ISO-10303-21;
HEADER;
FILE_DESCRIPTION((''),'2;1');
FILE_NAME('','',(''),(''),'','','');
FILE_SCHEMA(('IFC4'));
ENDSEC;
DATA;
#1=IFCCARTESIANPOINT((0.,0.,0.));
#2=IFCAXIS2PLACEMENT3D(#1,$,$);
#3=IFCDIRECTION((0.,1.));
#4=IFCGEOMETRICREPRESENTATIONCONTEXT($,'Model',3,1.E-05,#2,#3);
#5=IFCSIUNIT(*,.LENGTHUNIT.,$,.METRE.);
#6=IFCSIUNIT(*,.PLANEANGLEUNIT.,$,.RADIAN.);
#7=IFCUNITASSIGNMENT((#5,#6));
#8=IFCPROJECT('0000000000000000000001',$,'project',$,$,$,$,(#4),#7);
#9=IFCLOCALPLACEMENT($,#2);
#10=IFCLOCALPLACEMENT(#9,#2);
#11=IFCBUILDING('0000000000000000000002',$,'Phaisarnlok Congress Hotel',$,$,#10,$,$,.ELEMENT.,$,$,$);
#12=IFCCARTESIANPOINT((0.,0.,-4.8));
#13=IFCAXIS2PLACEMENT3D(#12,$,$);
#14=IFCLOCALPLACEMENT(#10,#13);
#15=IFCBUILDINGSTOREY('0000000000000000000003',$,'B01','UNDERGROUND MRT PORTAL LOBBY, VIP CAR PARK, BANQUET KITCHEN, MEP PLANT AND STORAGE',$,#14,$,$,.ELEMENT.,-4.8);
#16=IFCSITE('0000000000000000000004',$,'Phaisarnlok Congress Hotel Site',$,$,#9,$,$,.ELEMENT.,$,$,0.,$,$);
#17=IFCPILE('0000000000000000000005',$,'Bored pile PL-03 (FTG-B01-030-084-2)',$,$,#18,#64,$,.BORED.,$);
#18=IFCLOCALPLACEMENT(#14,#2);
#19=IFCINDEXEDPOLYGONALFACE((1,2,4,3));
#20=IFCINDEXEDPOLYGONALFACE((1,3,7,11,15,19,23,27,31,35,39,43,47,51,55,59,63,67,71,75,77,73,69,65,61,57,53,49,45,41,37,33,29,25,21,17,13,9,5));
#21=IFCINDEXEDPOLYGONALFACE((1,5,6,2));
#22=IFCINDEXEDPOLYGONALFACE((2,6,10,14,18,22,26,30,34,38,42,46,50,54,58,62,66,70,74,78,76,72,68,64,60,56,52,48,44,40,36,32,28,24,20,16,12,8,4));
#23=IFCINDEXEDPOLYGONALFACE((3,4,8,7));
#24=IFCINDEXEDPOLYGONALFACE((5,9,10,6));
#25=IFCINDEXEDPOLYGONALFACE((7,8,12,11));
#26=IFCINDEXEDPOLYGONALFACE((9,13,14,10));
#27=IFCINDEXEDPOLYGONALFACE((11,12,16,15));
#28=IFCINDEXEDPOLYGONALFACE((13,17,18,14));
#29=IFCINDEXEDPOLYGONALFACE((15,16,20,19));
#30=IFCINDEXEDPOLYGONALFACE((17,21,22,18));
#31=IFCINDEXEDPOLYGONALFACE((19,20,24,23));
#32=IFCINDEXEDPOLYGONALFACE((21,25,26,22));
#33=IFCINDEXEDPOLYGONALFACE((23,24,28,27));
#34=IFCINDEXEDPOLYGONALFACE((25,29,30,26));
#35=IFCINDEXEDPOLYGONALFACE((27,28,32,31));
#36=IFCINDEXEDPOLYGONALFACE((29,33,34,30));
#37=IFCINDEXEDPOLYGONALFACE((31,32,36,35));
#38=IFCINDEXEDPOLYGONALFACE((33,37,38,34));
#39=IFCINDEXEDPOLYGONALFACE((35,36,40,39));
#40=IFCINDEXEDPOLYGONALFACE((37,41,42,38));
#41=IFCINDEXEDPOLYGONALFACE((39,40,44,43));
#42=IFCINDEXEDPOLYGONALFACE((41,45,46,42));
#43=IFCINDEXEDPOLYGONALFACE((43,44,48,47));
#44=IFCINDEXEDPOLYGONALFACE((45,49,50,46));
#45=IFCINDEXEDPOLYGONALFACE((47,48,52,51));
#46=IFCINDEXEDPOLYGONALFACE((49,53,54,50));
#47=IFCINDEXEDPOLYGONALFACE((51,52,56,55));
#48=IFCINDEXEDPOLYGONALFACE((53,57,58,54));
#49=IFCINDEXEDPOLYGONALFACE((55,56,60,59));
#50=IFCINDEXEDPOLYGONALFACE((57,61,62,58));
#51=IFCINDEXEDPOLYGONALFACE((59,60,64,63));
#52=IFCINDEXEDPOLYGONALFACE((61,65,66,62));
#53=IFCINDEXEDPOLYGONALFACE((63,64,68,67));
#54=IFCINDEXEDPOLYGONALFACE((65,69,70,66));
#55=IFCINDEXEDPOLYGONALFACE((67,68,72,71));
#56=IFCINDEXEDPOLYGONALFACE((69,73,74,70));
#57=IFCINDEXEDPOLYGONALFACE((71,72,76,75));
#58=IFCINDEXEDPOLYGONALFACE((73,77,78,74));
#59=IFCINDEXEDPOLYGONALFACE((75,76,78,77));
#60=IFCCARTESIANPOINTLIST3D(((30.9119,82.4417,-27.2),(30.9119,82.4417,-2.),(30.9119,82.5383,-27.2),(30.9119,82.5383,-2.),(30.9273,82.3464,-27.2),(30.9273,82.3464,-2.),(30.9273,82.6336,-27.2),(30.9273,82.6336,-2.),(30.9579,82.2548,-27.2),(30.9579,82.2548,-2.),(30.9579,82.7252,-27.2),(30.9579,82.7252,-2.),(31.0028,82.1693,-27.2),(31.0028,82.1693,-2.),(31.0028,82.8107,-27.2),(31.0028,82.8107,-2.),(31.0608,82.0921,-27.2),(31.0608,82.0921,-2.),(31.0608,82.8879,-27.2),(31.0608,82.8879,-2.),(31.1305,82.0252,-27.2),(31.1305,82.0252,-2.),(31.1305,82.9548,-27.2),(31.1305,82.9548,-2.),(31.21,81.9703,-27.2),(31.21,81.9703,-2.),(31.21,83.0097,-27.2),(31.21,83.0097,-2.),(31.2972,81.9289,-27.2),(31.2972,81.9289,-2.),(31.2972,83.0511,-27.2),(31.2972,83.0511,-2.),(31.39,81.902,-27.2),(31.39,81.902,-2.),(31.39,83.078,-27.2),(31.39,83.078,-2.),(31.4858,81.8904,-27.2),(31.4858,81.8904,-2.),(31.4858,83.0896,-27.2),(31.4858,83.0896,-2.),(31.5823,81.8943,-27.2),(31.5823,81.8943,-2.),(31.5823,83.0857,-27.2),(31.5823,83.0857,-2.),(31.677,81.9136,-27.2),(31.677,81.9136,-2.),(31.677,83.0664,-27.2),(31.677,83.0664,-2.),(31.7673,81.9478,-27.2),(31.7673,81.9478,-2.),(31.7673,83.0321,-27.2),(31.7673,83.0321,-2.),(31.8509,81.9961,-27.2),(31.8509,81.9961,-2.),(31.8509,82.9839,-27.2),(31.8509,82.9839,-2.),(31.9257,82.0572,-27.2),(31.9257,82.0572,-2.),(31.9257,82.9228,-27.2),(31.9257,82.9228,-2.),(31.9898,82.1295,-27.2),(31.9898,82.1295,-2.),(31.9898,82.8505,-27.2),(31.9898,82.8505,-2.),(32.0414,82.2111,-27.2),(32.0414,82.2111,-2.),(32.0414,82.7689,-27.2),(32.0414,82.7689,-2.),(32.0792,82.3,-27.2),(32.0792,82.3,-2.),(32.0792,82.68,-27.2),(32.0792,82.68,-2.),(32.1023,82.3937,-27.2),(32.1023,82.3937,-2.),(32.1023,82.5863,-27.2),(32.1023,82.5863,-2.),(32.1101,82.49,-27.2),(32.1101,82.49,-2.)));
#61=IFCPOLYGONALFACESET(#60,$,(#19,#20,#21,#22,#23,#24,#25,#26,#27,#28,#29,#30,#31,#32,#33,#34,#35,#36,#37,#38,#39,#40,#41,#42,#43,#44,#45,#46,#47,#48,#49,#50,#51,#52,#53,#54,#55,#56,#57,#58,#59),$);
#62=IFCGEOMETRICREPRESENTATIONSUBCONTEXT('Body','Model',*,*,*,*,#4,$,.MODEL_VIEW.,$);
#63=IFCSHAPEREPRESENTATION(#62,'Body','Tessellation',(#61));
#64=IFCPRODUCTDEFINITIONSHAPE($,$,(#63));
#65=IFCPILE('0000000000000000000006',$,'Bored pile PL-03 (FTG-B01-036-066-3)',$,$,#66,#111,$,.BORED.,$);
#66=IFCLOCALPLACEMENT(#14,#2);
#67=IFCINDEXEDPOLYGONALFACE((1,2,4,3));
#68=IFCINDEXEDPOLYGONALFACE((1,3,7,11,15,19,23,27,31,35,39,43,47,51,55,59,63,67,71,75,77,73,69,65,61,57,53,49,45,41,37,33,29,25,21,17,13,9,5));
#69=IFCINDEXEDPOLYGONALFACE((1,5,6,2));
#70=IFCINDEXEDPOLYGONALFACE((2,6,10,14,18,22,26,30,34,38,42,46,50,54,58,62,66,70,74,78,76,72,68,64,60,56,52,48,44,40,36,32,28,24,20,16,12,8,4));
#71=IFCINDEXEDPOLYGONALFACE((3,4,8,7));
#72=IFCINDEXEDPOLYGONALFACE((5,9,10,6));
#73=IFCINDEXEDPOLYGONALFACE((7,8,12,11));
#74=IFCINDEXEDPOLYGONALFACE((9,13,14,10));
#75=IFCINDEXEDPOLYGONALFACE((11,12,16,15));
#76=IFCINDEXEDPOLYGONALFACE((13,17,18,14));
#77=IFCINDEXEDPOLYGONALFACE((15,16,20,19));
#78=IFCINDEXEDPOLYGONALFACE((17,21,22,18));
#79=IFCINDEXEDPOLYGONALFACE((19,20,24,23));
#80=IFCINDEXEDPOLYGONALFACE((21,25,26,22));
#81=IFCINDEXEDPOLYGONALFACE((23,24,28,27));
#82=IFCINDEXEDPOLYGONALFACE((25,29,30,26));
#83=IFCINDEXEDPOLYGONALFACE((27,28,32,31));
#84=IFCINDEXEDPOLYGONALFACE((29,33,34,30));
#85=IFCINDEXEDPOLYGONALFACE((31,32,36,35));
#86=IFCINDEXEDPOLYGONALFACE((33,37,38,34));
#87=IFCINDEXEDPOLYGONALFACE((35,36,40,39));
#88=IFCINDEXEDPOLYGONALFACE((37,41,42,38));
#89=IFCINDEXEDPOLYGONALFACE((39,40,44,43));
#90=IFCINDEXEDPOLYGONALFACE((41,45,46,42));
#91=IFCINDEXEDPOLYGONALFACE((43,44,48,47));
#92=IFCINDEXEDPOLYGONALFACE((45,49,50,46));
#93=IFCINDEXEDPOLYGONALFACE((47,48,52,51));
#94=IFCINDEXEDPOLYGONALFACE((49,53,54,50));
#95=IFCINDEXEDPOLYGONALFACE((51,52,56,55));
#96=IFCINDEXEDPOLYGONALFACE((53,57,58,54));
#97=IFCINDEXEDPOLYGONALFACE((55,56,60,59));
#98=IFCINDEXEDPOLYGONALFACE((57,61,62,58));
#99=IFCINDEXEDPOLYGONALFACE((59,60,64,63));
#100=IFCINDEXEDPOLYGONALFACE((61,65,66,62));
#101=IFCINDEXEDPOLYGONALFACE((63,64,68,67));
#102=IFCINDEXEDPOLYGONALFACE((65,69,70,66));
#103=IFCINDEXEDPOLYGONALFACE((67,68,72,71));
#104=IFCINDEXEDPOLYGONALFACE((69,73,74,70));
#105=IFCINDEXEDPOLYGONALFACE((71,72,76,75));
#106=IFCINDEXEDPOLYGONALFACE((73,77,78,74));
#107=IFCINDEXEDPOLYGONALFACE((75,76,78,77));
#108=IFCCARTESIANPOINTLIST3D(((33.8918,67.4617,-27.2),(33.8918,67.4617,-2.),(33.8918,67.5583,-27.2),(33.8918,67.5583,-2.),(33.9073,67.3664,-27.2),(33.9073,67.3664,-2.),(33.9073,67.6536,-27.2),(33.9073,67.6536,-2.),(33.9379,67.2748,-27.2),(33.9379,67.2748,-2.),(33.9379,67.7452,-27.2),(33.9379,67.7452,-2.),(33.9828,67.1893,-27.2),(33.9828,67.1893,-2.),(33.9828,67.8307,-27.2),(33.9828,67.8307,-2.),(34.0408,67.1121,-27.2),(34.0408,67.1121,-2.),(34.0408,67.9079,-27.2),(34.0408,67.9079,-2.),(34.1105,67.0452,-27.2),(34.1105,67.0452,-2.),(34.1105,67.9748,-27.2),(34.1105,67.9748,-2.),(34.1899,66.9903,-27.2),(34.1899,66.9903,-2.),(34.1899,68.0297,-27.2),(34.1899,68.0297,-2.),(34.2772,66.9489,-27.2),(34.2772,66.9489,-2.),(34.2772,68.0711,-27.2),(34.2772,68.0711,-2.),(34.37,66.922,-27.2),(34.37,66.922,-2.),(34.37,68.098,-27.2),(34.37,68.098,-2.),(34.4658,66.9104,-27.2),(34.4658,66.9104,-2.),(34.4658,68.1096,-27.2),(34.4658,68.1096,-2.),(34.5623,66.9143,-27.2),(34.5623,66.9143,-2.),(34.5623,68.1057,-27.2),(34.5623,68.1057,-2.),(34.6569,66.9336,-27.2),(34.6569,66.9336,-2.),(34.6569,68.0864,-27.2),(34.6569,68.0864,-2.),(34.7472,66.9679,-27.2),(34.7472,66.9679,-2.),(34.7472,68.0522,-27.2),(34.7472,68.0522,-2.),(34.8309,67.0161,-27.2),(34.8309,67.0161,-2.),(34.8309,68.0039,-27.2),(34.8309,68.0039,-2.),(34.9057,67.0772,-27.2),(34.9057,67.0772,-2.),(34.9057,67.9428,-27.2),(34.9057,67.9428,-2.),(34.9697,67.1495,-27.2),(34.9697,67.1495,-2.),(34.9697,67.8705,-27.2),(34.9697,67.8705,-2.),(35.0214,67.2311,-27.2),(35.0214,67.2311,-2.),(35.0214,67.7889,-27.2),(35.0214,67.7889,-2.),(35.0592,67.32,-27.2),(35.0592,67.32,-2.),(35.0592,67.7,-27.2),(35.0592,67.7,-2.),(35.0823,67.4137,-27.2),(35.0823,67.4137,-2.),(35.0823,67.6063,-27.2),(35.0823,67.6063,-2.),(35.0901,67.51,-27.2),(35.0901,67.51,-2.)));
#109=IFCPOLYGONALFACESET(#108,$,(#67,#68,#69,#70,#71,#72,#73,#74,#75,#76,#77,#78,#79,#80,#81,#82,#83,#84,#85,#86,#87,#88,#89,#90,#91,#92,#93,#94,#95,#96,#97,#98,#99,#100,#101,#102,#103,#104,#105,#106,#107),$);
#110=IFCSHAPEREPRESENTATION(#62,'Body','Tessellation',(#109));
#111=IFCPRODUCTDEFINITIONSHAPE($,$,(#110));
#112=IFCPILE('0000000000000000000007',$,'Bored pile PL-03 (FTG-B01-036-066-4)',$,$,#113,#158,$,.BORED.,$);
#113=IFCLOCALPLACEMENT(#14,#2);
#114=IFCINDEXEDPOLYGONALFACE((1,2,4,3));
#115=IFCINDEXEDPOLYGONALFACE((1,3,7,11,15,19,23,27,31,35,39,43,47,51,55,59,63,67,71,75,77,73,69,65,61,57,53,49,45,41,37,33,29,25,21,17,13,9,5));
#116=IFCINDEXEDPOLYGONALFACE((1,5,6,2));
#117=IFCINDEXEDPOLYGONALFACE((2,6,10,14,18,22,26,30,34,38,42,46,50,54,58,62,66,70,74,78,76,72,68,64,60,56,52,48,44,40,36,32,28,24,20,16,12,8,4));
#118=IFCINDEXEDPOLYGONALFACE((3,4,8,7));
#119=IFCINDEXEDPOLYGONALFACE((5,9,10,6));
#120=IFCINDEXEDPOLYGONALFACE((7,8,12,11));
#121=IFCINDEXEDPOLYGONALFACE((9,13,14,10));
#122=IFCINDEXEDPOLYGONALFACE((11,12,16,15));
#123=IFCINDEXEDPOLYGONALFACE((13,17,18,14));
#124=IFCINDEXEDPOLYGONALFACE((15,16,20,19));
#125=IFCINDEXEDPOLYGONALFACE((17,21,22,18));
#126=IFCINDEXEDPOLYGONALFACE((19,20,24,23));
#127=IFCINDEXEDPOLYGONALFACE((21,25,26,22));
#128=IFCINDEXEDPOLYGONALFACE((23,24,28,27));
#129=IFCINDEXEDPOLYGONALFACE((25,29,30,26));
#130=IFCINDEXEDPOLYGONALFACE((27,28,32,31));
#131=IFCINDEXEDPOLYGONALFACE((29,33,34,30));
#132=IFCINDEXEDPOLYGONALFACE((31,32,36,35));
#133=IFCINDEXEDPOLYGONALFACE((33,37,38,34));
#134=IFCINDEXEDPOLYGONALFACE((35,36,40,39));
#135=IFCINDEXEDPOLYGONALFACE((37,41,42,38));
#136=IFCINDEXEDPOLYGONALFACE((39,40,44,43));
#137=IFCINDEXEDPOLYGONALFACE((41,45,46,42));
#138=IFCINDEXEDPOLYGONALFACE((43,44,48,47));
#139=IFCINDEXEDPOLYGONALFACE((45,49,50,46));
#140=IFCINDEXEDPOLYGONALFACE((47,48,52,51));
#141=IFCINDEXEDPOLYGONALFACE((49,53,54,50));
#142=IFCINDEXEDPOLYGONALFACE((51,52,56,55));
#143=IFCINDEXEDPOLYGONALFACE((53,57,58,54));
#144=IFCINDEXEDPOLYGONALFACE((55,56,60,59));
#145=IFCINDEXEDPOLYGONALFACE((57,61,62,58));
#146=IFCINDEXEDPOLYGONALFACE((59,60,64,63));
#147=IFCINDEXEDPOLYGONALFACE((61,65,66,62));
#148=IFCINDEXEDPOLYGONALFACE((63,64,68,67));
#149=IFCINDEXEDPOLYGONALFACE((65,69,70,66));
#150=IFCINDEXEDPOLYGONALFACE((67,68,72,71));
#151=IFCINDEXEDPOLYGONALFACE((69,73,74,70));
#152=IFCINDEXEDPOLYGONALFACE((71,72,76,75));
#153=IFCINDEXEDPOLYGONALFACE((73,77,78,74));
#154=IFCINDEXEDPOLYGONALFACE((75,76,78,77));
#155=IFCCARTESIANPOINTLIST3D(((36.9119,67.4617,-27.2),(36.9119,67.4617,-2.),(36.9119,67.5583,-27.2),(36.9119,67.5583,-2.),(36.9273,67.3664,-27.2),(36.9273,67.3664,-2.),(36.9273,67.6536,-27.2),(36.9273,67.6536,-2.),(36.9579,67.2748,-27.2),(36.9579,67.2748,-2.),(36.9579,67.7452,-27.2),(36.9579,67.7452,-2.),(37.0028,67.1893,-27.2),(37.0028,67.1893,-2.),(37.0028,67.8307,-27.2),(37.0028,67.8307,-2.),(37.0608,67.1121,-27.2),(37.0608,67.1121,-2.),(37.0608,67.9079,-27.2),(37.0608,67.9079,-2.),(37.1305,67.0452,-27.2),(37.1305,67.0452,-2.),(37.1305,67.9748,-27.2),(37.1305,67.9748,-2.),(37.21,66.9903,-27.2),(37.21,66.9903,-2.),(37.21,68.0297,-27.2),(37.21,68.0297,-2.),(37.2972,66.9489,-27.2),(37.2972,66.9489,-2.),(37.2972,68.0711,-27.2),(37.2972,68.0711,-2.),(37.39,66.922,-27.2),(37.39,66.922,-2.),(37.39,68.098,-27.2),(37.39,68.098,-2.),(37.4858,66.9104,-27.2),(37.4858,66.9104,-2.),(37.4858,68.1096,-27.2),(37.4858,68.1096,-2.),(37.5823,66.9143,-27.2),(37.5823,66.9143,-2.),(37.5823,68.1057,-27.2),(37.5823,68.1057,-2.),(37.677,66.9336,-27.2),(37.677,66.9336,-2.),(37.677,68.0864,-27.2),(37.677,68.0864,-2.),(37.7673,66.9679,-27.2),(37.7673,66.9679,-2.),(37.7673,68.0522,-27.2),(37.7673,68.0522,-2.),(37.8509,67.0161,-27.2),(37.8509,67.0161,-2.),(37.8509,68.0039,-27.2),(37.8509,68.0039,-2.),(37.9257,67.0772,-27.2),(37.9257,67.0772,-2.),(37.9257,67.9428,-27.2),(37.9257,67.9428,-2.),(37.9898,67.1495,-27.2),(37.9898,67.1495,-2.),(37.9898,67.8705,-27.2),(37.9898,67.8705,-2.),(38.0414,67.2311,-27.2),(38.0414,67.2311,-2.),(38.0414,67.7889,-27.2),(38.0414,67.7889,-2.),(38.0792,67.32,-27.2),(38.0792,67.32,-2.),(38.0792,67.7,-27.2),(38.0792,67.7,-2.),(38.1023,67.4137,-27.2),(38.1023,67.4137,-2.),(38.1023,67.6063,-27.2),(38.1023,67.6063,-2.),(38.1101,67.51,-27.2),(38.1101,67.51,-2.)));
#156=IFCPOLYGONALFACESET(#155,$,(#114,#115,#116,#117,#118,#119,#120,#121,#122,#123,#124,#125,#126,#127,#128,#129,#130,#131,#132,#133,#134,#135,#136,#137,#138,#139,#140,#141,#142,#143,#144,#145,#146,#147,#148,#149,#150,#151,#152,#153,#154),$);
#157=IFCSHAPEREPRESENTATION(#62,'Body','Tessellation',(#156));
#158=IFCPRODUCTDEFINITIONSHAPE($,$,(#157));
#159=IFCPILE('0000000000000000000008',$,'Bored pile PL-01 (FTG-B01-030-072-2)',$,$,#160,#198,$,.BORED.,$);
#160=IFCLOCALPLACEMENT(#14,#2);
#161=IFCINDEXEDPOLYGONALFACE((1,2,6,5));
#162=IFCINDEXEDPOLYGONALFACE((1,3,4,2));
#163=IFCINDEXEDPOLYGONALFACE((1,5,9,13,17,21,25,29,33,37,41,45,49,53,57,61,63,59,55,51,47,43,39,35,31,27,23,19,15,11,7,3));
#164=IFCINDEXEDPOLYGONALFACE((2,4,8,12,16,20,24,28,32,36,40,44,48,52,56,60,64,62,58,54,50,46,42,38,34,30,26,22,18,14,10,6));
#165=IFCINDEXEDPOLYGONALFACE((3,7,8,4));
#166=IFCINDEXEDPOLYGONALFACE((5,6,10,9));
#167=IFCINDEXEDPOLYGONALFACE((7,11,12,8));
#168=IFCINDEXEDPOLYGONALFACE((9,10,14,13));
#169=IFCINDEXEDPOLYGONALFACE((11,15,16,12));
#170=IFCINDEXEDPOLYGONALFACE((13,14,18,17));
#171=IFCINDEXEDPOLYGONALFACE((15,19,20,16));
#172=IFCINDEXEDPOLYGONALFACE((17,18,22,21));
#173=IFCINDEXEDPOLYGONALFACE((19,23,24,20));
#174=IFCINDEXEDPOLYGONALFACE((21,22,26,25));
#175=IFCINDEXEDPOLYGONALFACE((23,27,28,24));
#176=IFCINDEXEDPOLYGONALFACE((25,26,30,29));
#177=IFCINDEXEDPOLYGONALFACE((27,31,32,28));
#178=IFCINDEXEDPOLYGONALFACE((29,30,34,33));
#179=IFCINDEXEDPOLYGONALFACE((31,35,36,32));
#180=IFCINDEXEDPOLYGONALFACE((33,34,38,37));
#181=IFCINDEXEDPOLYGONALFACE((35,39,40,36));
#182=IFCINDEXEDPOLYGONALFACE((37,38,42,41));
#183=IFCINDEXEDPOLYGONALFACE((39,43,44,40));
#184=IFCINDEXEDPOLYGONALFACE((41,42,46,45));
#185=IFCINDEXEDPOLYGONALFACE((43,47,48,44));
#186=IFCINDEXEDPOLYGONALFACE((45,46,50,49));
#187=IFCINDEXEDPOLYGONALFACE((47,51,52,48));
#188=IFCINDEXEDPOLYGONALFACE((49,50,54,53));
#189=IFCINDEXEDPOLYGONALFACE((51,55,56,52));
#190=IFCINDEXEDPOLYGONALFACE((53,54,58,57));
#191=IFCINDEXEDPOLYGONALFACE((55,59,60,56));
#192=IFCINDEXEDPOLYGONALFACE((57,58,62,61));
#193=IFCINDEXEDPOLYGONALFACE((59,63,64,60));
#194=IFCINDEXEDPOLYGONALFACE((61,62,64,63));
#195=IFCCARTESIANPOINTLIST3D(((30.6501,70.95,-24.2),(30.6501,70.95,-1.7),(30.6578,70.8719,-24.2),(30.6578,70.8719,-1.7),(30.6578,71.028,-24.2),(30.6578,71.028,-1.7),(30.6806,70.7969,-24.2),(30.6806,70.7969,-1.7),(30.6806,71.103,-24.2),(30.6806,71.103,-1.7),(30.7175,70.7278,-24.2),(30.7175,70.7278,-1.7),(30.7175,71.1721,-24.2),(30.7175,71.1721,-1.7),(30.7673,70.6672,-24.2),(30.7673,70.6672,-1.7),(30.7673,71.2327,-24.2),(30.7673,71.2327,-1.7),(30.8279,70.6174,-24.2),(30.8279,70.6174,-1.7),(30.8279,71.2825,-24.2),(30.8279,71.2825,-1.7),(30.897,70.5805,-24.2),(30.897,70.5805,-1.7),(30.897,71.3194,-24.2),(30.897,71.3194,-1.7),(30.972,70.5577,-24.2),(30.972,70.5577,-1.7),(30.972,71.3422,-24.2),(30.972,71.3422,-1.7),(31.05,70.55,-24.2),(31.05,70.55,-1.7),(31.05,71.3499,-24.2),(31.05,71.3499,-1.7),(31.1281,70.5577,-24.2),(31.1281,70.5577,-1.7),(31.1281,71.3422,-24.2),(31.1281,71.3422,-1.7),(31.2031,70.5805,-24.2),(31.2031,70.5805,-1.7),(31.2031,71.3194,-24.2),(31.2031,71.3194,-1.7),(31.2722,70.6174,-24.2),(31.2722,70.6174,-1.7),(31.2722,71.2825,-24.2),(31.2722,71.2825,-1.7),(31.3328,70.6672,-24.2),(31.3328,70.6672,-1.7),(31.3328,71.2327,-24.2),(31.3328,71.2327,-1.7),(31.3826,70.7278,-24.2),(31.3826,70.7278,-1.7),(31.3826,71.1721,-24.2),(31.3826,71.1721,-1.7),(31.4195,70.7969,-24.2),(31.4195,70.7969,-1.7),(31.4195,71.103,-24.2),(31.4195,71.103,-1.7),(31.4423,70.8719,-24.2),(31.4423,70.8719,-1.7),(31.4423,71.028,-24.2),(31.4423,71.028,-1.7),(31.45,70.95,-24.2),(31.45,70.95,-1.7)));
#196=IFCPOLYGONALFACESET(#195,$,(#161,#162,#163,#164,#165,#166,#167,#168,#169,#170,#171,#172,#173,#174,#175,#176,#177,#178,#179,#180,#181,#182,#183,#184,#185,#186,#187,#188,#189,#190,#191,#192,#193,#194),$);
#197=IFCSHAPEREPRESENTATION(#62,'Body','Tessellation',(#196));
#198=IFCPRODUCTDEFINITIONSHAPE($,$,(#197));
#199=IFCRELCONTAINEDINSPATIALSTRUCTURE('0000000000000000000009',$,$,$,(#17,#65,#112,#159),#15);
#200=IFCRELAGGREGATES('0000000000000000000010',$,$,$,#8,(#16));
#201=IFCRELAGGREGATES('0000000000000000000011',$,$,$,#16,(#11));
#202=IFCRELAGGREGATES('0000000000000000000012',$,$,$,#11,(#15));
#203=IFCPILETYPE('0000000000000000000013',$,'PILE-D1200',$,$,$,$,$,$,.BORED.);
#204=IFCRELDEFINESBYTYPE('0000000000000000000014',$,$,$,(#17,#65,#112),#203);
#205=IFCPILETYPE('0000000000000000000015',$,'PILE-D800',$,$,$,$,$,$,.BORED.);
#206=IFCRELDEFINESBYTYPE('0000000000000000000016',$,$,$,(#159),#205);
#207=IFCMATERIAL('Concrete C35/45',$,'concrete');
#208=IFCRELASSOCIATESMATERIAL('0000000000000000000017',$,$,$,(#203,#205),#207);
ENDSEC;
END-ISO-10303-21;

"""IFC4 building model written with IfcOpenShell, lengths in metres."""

from ifc_helpers import new_model, si_unit, direction, frame, origin, origin_2d, place, context, subcontext, project, spatial, circle, extrude, material, material_profile, profile_set, type_object, element, save


model = new_model("IFC4")

# Units and contexts
model_context = context("Model", 3, precision=1e-05, world=origin(), true_north=direction((0.0, 1.0)))
body_context = subcontext(model_context, "Body", "Model", "MODEL_VIEW")
ifc_project = project(units=[si_unit("LENGTHUNIT", "METRE"), si_unit("PLANEANGLEUNIT", "RADIAN")], contexts=[model_context])

# Site, building, storey
site_placement = place(None, origin())
site = spatial("IfcSite", under=ifc_project, at=site_placement, Name="Phaisarnlok Congress Hotel Site", CompositionType="ELEMENT", RefElevation=0.0)
building_placement = place(site_placement, origin())
building = spatial("IfcBuilding", under=site, at=building_placement, Name="Phaisarnlok Congress Hotel", CompositionType="ELEMENT")
storey_placement = place(building_placement, frame((0.0, 0.0, -4.8)))
storey = spatial("IfcBuildingStorey", under=building, at=storey_placement, Name="B01", Description="UNDERGROUND MRT PORTAL LOBBY, VIP CAR PARK, BANQUET KITCHEN, MEP PLANT AND STORAGE", CompositionType="ELEMENT", Elevation=-4.8)

# Piles
ifc_material_1 = material(Name="Concrete C35/45", Category="concrete")
ifc_material_profile_1 = material_profile(ifc_material_1, circle(Radius=0.6001, at=origin_2d()), Name="BORED PILE D1200")
ifc_profile_set_1 = profile_set([ifc_material_profile_1], Name="Concrete C35/45")
pile_type_1 = type_object("IfcPileType", Name="PILE-D1200", PredefinedType="BORED", material=ifc_profile_set_1)
for number, where, z_axis, x_axis, name in (
    (1, (31.51, 82.49, -2.0), (0.0, 0.0, -1.0), (1.0, 0.0, 0.0), "Bored pile PL-03 (FTG-B01-030-084-2)"),
    (2, (34.49, 67.51, -2.0), (0.0, 0.0, -1.0), (1.0, 0.0, 0.0), "Bored pile PL-03 (FTG-B01-036-066-3)"),
    (3, (37.51, 67.51, -2.0), (0.0, 0.0, -1.0), (1.0, 0.0, 0.0), "Bored pile PL-03 (FTG-B01-036-066-4)"),
):
    element("IfcPile", number, at=place(storey_placement, frame(where, z_axis=z_axis, x_axis=x_axis)), inside=storey, type_object=pile_type_1, Name=name, PredefinedType="BORED", context=body_context, shape_type="SweptSolid", body=[
        extrude(circle(Radius=0.6001, at=origin_2d()), origin(), (0.0, 0.0, 1.0), 25.2),
    ])
ifc_material_profile_2 = material_profile(ifc_material_1, circle(Radius=0.3999, at=origin_2d()), Name="BORED PILE D800")
ifc_profile_set_2 = profile_set([ifc_material_profile_2], Name="Concrete C35/45")
pile_type_2 = type_object("IfcPileType", Name="PILE-D800", PredefinedType="BORED", material=ifc_profile_set_2)
for number, where, z_axis, x_axis, name in (
    (4, (31.05, 70.95, -1.7), (0.0, 0.0, -1.0), (1.0, 0.0, 0.0), "Bored pile PL-01 (FTG-B01-030-072-2)"),
):
    element("IfcPile", number, at=place(storey_placement, frame(where, z_axis=z_axis, x_axis=x_axis)), inside=storey, type_object=pile_type_2, Name=name, PredefinedType="BORED", context=body_context, shape_type="SweptSolid", body=[
        extrude(circle(Radius=0.3999, at=origin_2d()), origin(), (0.0, 0.0, 1.0), 22.5),
    ])

save(model, "model.ifc")
